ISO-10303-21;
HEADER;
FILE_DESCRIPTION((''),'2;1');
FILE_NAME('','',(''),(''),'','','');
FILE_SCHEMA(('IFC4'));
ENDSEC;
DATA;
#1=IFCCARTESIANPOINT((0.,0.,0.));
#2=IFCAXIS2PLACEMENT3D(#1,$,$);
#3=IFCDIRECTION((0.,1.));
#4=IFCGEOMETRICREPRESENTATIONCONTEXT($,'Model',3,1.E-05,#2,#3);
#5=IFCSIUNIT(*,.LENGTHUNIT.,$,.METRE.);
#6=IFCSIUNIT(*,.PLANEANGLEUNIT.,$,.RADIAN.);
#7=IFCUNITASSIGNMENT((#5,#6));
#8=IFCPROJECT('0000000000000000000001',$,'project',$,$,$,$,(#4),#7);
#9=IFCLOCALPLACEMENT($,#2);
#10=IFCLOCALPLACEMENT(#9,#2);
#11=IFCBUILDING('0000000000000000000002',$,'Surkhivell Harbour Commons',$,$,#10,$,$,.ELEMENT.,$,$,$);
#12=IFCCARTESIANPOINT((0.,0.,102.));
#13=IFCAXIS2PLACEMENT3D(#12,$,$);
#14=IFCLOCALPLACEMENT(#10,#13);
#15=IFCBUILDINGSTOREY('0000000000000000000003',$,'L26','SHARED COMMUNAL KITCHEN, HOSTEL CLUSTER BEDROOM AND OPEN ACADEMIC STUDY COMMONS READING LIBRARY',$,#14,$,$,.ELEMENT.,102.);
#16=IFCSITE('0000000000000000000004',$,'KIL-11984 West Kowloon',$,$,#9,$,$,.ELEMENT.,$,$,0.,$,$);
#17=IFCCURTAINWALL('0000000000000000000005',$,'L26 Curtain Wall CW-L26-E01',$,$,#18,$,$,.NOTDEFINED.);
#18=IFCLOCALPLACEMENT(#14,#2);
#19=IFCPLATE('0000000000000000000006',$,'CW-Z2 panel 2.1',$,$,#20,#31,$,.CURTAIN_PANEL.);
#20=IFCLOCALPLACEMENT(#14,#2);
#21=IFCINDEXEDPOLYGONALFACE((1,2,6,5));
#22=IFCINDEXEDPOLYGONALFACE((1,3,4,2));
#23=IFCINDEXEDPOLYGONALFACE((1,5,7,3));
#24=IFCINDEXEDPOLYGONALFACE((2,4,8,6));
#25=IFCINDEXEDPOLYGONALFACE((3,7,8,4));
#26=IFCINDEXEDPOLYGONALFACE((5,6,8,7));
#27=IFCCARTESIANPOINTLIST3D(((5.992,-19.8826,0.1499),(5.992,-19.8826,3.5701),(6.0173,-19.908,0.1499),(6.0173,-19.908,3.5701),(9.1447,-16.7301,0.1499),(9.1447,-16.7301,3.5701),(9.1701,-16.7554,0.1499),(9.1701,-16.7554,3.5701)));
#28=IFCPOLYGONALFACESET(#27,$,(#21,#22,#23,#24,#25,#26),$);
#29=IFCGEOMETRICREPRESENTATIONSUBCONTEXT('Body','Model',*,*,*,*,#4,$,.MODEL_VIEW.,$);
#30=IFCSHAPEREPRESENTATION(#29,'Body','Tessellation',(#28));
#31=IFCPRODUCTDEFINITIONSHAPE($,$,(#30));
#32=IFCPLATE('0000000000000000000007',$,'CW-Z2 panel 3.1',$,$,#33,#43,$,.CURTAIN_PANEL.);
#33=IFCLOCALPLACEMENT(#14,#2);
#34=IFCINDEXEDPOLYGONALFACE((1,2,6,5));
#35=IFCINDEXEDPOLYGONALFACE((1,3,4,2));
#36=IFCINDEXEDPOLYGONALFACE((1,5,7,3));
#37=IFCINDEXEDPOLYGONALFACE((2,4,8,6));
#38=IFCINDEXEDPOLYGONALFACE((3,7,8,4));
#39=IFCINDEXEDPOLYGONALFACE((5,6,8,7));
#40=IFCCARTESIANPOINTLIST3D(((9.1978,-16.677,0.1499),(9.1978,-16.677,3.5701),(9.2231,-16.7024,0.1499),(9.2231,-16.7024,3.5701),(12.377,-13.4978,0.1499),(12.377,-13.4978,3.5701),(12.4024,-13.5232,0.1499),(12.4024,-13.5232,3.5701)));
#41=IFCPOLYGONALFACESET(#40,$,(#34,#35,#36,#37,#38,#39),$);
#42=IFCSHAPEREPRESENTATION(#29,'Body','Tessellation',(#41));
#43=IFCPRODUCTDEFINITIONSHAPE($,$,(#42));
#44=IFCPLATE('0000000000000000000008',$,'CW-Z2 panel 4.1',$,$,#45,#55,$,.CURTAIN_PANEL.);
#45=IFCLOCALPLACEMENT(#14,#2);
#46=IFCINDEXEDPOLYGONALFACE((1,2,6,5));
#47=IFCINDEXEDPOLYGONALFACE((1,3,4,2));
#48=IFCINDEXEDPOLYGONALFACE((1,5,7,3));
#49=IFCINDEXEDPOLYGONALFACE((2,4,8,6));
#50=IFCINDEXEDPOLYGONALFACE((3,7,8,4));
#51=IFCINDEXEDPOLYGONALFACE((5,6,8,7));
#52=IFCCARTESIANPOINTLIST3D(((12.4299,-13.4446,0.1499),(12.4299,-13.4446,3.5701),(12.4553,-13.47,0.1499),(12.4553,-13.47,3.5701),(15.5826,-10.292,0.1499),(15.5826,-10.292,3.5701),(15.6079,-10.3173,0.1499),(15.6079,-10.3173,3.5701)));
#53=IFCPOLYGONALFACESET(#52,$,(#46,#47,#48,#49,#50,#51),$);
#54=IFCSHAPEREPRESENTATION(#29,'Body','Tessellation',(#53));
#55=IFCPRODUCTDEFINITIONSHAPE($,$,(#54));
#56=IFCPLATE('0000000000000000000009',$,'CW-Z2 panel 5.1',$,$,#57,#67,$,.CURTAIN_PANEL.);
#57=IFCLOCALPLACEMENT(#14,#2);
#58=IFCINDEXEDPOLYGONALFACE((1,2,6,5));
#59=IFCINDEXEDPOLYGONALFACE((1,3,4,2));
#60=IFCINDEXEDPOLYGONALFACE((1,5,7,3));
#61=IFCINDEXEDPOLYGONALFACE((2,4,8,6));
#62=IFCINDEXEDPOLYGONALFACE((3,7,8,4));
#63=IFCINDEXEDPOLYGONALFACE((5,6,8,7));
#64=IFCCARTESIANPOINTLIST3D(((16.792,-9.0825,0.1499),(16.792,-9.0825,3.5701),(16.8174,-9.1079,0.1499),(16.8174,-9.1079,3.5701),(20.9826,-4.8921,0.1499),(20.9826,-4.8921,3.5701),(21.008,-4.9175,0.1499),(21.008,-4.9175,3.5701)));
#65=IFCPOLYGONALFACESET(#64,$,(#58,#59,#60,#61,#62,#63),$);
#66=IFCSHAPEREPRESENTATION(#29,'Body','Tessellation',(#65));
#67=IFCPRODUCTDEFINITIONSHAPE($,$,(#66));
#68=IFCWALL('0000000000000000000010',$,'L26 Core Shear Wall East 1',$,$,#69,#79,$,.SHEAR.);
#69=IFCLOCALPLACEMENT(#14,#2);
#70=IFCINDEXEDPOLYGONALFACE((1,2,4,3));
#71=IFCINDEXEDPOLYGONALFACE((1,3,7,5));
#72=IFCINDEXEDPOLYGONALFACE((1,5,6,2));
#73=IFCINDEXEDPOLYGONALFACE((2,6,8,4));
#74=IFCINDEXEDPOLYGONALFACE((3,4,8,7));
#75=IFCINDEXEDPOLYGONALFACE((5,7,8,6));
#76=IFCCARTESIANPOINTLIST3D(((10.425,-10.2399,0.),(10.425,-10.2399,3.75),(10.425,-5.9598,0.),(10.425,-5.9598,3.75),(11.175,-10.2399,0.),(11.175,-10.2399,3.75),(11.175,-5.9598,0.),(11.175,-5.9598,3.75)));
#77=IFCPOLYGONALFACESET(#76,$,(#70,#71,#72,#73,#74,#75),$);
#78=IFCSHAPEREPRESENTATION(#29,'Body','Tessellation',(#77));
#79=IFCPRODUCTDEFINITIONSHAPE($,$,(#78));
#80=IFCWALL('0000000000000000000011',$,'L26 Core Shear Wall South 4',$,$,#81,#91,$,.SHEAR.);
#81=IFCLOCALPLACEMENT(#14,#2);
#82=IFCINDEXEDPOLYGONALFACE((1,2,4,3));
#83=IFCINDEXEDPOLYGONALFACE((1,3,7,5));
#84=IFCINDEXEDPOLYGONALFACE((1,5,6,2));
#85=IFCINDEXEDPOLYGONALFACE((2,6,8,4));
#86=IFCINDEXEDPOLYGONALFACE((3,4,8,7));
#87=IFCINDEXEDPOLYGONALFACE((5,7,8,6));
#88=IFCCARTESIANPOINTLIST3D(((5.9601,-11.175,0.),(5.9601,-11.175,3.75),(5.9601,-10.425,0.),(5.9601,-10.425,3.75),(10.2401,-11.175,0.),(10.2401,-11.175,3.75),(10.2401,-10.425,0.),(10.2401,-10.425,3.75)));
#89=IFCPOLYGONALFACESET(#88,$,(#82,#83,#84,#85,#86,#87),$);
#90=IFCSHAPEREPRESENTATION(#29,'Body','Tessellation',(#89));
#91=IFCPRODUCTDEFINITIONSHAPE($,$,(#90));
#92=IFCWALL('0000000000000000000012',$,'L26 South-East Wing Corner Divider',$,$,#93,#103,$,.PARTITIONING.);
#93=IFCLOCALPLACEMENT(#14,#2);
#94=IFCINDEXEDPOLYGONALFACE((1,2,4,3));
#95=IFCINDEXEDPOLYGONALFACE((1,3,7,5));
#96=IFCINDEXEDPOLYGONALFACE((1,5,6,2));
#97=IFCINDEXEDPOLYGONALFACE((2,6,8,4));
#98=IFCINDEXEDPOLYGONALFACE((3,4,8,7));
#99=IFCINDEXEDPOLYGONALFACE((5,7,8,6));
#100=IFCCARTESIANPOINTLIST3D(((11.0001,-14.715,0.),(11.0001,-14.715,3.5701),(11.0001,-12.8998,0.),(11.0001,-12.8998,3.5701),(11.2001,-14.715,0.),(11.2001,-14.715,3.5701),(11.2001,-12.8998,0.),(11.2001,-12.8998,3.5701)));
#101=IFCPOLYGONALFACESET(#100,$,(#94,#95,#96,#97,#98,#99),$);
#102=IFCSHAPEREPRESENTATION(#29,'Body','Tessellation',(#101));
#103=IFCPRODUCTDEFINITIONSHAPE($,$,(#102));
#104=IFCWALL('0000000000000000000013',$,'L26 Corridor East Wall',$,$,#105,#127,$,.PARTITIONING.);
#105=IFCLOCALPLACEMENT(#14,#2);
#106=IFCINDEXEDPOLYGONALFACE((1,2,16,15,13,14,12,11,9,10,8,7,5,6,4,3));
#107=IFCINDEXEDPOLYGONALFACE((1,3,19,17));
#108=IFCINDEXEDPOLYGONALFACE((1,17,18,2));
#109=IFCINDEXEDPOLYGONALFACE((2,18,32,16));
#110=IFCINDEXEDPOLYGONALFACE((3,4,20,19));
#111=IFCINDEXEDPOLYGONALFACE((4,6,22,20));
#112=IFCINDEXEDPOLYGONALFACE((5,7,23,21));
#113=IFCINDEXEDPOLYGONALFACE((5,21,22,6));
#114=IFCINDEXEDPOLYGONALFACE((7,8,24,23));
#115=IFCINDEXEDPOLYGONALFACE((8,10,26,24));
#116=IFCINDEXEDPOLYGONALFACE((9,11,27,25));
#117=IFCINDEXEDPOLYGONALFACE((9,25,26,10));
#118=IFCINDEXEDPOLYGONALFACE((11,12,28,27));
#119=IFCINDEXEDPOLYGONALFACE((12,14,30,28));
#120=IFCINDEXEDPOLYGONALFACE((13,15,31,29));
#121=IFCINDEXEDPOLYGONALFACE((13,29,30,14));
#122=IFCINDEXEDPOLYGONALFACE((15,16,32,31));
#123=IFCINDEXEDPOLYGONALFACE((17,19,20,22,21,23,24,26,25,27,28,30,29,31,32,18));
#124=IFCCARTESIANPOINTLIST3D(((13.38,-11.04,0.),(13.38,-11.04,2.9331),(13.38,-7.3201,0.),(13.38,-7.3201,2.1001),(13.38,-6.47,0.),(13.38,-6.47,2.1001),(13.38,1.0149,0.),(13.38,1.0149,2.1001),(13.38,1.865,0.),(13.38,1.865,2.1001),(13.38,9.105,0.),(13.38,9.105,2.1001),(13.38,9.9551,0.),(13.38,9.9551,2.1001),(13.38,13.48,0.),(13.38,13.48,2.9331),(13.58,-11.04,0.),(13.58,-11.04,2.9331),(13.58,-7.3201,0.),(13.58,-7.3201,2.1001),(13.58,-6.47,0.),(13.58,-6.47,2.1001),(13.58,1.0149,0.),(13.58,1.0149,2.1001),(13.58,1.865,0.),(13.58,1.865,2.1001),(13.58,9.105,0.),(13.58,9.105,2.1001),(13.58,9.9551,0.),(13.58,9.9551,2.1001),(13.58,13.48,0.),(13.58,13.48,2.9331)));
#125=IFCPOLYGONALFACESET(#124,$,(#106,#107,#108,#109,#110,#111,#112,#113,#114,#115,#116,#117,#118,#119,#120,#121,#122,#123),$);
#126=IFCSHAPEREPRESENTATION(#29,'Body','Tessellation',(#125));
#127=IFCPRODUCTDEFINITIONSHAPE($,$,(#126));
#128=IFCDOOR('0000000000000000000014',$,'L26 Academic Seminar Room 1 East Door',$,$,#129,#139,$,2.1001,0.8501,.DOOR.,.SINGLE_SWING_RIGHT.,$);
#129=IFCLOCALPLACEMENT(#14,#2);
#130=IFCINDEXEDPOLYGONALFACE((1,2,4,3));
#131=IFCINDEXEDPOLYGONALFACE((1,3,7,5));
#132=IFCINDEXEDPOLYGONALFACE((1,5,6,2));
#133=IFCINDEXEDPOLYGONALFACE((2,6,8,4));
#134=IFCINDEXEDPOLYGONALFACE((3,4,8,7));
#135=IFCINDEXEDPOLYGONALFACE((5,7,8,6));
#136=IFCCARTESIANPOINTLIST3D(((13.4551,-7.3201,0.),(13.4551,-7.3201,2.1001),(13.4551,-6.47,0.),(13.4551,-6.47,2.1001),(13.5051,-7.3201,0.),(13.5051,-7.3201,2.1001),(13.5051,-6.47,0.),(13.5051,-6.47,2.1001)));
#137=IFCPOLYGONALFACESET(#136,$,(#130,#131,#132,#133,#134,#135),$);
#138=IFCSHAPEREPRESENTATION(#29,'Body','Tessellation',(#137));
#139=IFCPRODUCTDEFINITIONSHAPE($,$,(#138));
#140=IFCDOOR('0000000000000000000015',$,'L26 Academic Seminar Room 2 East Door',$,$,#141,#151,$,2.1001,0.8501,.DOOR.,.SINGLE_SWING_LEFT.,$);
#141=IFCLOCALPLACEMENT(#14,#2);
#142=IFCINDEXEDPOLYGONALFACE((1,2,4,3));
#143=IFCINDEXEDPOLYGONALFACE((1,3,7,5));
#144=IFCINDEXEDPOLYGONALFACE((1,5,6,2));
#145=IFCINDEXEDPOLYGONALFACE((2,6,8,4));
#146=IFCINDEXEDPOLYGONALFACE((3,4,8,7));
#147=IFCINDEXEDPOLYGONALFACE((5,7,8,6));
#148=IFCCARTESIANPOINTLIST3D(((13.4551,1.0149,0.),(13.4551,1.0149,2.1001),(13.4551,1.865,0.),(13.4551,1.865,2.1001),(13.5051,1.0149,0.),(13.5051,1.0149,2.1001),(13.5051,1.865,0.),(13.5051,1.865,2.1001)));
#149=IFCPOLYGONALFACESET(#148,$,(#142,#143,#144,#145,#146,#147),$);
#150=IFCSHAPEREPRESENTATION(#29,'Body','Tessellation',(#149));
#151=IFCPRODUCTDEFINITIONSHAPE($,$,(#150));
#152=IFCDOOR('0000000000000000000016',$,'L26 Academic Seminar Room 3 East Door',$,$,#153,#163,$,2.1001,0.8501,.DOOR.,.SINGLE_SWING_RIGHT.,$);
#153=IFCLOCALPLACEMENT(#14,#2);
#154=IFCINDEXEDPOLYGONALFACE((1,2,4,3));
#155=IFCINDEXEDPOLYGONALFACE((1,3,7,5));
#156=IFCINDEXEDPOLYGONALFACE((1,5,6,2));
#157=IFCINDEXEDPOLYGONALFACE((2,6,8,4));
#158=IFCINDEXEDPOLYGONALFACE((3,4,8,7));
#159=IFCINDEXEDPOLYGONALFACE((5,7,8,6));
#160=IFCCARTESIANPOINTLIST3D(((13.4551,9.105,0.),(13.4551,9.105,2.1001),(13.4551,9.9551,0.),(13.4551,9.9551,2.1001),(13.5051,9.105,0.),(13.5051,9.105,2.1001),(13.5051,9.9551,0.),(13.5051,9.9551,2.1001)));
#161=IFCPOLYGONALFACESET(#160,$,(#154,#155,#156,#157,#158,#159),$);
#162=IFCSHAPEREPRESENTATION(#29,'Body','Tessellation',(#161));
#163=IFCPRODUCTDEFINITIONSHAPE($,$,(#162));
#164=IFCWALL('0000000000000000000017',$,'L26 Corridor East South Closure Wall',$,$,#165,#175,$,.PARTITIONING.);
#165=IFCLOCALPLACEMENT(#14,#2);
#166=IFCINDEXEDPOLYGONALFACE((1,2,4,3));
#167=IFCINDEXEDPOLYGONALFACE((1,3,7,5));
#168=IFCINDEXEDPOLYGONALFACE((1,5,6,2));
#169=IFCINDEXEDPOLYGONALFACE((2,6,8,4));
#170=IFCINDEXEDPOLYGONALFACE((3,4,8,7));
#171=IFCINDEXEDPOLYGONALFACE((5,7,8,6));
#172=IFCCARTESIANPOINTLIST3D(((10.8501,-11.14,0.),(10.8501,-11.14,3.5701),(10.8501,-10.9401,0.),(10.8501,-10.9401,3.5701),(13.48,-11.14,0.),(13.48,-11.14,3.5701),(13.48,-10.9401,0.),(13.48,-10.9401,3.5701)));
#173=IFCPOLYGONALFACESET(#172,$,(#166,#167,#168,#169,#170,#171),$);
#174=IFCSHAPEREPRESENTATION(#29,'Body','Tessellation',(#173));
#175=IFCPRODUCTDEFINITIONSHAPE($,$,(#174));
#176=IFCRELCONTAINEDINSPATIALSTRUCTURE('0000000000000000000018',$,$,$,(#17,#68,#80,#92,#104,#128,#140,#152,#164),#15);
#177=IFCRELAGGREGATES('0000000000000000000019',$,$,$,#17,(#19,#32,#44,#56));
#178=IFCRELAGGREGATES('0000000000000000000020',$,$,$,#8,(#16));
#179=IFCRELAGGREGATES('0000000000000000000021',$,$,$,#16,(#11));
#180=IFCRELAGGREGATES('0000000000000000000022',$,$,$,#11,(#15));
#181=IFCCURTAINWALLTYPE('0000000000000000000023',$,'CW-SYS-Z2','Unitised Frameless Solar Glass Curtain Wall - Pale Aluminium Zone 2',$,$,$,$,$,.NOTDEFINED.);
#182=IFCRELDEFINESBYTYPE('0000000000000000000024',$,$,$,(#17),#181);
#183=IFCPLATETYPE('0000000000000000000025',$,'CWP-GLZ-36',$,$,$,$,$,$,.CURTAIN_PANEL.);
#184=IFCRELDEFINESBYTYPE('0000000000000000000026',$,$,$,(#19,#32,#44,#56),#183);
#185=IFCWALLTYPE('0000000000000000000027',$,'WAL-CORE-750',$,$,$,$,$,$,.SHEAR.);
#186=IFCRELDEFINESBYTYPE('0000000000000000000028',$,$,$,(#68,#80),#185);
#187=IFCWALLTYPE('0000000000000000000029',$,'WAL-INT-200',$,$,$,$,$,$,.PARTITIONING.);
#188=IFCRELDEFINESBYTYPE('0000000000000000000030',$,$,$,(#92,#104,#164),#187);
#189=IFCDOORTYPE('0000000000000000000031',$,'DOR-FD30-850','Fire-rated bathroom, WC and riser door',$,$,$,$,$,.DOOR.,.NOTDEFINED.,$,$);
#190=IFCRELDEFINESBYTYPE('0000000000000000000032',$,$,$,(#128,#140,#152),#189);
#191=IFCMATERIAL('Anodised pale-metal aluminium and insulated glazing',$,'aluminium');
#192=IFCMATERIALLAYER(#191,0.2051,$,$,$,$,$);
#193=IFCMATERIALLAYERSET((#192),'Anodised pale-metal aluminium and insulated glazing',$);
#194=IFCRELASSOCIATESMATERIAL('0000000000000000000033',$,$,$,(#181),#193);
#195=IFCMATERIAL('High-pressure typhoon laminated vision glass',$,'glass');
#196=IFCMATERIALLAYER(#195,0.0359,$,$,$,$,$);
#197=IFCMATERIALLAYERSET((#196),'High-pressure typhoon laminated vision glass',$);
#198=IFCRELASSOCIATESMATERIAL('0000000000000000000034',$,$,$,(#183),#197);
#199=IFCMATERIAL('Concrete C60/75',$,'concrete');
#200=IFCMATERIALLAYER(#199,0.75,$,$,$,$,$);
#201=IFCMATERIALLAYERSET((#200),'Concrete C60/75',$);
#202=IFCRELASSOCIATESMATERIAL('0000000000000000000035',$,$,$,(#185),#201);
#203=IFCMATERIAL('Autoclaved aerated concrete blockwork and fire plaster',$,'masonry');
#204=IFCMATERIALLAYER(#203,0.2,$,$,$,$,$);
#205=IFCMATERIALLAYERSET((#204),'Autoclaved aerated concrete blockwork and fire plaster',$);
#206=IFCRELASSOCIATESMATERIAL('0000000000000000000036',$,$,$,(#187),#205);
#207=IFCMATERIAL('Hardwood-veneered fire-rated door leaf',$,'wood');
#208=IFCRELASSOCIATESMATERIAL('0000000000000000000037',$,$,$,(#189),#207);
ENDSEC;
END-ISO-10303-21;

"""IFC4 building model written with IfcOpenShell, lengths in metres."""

from ifc_helpers import new_model, si_unit, direction, frame, frame_2d, origin, place, context, subcontext, project, spatial, rectangle, extrude, material, layer, layer_set, type_object, element, fill, aggregate, save


model = new_model("IFC4")

# Units and contexts
model_context = context("Model", 3, precision=1e-05, world=origin(), true_north=direction((0.0, 1.0)))
body_context = subcontext(model_context, "Body", "Model", "MODEL_VIEW")
ifc_project = project(units=[si_unit("LENGTHUNIT", "METRE"), si_unit("PLANEANGLEUNIT", "RADIAN")], contexts=[model_context])

# Site, building, storey
site_placement = place(None, origin())
site = spatial("IfcSite", under=ifc_project, at=site_placement, Name="KIL-11984 West Kowloon", CompositionType="ELEMENT", RefElevation=0.0)
building_placement = place(site_placement, origin())
building = spatial("IfcBuilding", under=site, at=building_placement, Name="Surkhivell Harbour Commons", CompositionType="ELEMENT")
storey_placement = place(building_placement, frame((0.0, 0.0, 102.0)))
storey = spatial("IfcBuildingStorey", under=building, at=storey_placement, Name="L26", Description="SHARED COMMUNAL KITCHEN, HOSTEL CLUSTER BEDROOM AND OPEN ACADEMIC STUDY COMMONS READING LIBRARY", CompositionType="ELEMENT", Elevation=102.0)

# Shared definitions
ifc_material_1 = material(Name="Concrete C60/75", Category="concrete")

# Curtain wall, plates
ifc_material_2 = material(Name="Anodised pale-metal aluminium and insulated glazing", Category="aluminium")
ifc_layer_1 = layer(ifc_material_2, 0.2051)
ifc_layer_set_1 = layer_set([ifc_layer_1], Name="Anodised pale-metal aluminium and insulated glazing")
curtain_wall_type = type_object("IfcCurtainWallType", Name="CW-SYS-Z2", Description="Unitised Frameless Solar Glass Curtain Wall - Pale Aluminium Zone 2", PredefinedType="NOTDEFINED", material=ifc_layer_set_1)
curtain_wall_placement = place(storey_placement, origin())
curtain_wall = element("IfcCurtainWall", 1, at=curtain_wall_placement, inside=storey, type_object=curtain_wall_type, Name="L26 Curtain Wall CW-L26-E01", PredefinedType="NOTDEFINED")
ifc_material_3 = material(Name="High-pressure typhoon laminated vision glass", Category="glass")
ifc_layer_2 = layer(ifc_material_3, 0.0359)
ifc_layer_set_2 = layer_set([ifc_layer_2], Name="High-pressure typhoon laminated vision glass")
plate_type = type_object("IfcPlateType", Name="CWP-GLZ-36", PredefinedType="CURTAIN_PANEL", material=ifc_layer_set_2)
plate_1_placement = place(storey_placement, frame((6.0046, -19.8953, 0.1499), z_axis=(0.0, 0.0, 1.0), x_axis=(0.707134, 0.707079, 0.0)))
plate_1 = element("IfcPlate", 2, at=plate_1_placement, type_object=plate_type, Name="CW-Z2 panel 2.1", PredefinedType="CURTAIN_PANEL", context=body_context, shape_type="SweptSolid", body=[
    extrude(rectangle(XDim=4.4585, YDim=0.0359, at=frame_2d((2.2292, 0.0))), origin(), (0.0, 0.0, 1.0), 3.4202),
])
plate_2_placement = place(storey_placement, frame((9.2104, -16.6897, 0.1499), z_axis=(0.0, 0.0, 1.0), x_axis=(0.707107, 0.707107, 0.0)))
plate_2 = element("IfcPlate", 3, at=plate_2_placement, type_object=plate_type, Name="CW-Z2 panel 3.1", PredefinedType="CURTAIN_PANEL", context=body_context, shape_type="SweptSolid", body=[
    extrude(rectangle(XDim=4.4961, YDim=0.0359, at=frame_2d((2.248, 0.0))), origin(), (0.0, 0.0, 1.0), 3.4202),
])
plate_3_placement = place(storey_placement, frame((12.4426, -13.4573, 0.1499), z_axis=(0.0, 0.0, 1.0), x_axis=(0.707107, 0.707107, 0.0)))
plate_3 = element("IfcPlate", 4, at=plate_3_placement, type_object=plate_type, Name="CW-Z2 panel 4.1", PredefinedType="CURTAIN_PANEL", context=body_context, shape_type="SweptSolid", body=[
    extrude(rectangle(XDim=4.4585, YDim=0.0359, at=frame_2d((2.2292, 0.0))), origin(), (0.0, 0.0, 1.0), 3.4202),
])
plate_4_placement = place(storey_placement, frame((16.8047, -9.0952, 0.1499), z_axis=(0.0, 0.0, 1.0), x_axis=(0.707127, 0.707086, 0.0)))
plate_4 = element("IfcPlate", 5, at=plate_4_placement, type_object=plate_type, Name="CW-Z2 panel 5.1", PredefinedType="CURTAIN_PANEL", context=body_context, shape_type="SweptSolid", body=[
    extrude(rectangle(XDim=5.9263, YDim=0.0359, at=frame_2d((2.9631, 0.0))), origin(), (0.0, 0.0, 1.0), 3.4202),
])
aggregate(curtain_wall, [plate_1, plate_2, plate_3, plate_4])

# Walls
ifc_layer_3 = layer(ifc_material_1, 0.75)
ifc_layer_set_3 = layer_set([ifc_layer_3], Name="Concrete C60/75")
wall_type_1 = type_object("IfcWallType", Name="WAL-CORE-750", PredefinedType="SHEAR", material=ifc_layer_set_3)
for number, where, z_axis, x_axis, name in (
    (6, (10.8, -10.24, 0.0), (0.0, 0.0, 1.0), (0.0, 1.0, 0.0), "L26 Core Shear Wall East 1"),
    (7, (5.96, -10.8, 0.0), (0.0, 0.0, 1.0), (1.0, 0.0, 0.0), "L26 Core Shear Wall South 4"),
):
    element("IfcWall", number, at=place(storey_placement, frame(where, z_axis=z_axis, x_axis=x_axis)), inside=storey, type_object=wall_type_1, Name=name, PredefinedType="SHEAR", context=body_context, shape_type="SweptSolid", body=[
        extrude(rectangle(XDim=4.28, YDim=0.75, at=frame_2d((2.1401, 0.0))), origin(), (0.0, 0.0, 1.0), 3.75),
    ])
ifc_material_4 = material(Name="Autoclaved aerated concrete blockwork and fire plaster", Category="masonry")
ifc_layer_4 = layer(ifc_material_4, 0.2)
ifc_layer_set_4 = layer_set([ifc_layer_4], Name="Autoclaved aerated concrete blockwork and fire plaster")
wall_type_2 = type_object("IfcWallType", Name="WAL-INT-200", PredefinedType="PARTITIONING", material=ifc_layer_set_4)
wall_1_placement = place(storey_placement, frame((11.1001, -14.7151, 0.0), z_axis=(0.0, 0.0, 1.0), x_axis=(0.0, 1.0, 0.0)))
element("IfcWall", 8, at=wall_1_placement, inside=storey, type_object=wall_type_2, Name="L26 South-East Wing Corner Divider", PredefinedType="PARTITIONING", context=body_context, shape_type="SweptSolid", body=[
    extrude(rectangle(XDim=1.8152, YDim=0.2, at=frame_2d((0.9077, 0.0))), origin(), (0.0, 0.0, 1.0), 3.5701),
])

# Wall, openings, doors
wall_2_placement = place(storey_placement, frame((13.48, -11.04, 0.0), z_axis=(0.0, 0.0, 1.0), x_axis=(0.0, 1.0, 0.0)))
wall_2 = element("IfcWall", 9, at=wall_2_placement, inside=storey, type_object=wall_type_2, Name="L26 Corridor East Wall", PredefinedType="PARTITIONING", context=body_context, shape_type="SweptSolid", body=[
    extrude(rectangle(XDim=24.52, YDim=0.2, at=frame_2d((12.26, 0.0))), origin(), (0.0, 0.0, 1.0), 2.9331),
])
opening_1_placement = place(wall_2_placement, frame((3.72, 0.0, 0.0)))
opening_1 = element("IfcOpeningElement", 10, at=opening_1_placement, cuts=wall_2, PredefinedType="OPENING", context=body_context, shape_type="SweptSolid", body=[
    extrude(rectangle(XDim=0.8501, YDim=2.1001, at=frame_2d((0.425, 1.05))), frame((0.0, 0.1099, 0.0), z_axis=(0.0, -1.0, 0.0), x_axis=(1.0, 0.0, 0.0)), (0.0, 0.0, 1.0), 0.22),
])
opening_2_placement = place(wall_2_placement, frame((12.0549, 0.0, 0.0)))
opening_2 = element("IfcOpeningElement", 11, at=opening_2_placement, cuts=wall_2, PredefinedType="OPENING", context=body_context, shape_type="SweptSolid", body=[
    extrude(rectangle(XDim=0.8501, YDim=2.1001, at=frame_2d((0.425, 1.05))), frame((0.0, 0.1099, 0.0), z_axis=(0.0, -1.0, 0.0), x_axis=(1.0, 0.0, 0.0)), (0.0, 0.0, 1.0), 0.22),
])
opening_3_placement = place(wall_2_placement, frame((20.145, 0.0, 0.0)))
opening_3 = element("IfcOpeningElement", 12, at=opening_3_placement, cuts=wall_2, PredefinedType="OPENING", context=body_context, shape_type="SweptSolid", body=[
    extrude(rectangle(XDim=0.8501, YDim=2.1001, at=frame_2d((0.425, 1.05))), frame((0.0, 0.1099, 0.0), z_axis=(0.0, -1.0, 0.0), x_axis=(1.0, 0.0, 0.0)), (0.0, 0.0, 1.0), 0.22),
])
ifc_material_5 = material(Name="Hardwood-veneered fire-rated door leaf", Category="wood")
door_type = type_object("IfcDoorType", Name="DOR-FD30-850", Description="Fire-rated bathroom, WC and riser door", OperationType="NOTDEFINED", PredefinedType="DOOR", material=ifc_material_5)
door_1_placement = place(opening_1_placement, origin())
door_1 = element("IfcDoor", 13, at=door_1_placement, inside=storey, type_object=door_type, Name="L26 Academic Seminar Room 1 East Door", OperationType="SINGLE_SWING_RIGHT", OverallHeight=2.1001, OverallWidth=0.8501, PredefinedType="DOOR", context=body_context, shape_type="SweptSolid", body=[
    extrude(rectangle(XDim=0.8501, YDim=2.1001, at=frame_2d((0.425, 1.05))), frame((0.0, 0.0249, 0.0), z_axis=(0.0, -1.0, 0.0), x_axis=(1.0, 0.0, 0.0)), (0.0, 0.0, 1.0), 0.05),
])
fill(opening_1, door_1)
door_2_placement = place(opening_2_placement, origin())
door_2 = element("IfcDoor", 14, at=door_2_placement, inside=storey, type_object=door_type, Name="L26 Academic Seminar Room 2 East Door", OperationType="SINGLE_SWING_LEFT", OverallHeight=2.1001, OverallWidth=0.8501, PredefinedType="DOOR", context=body_context, shape_type="SweptSolid", body=[
    extrude(rectangle(XDim=0.8501, YDim=2.1001, at=frame_2d((0.425, 1.05))), frame((0.0, 0.0249, 0.0), z_axis=(0.0, -1.0, 0.0), x_axis=(1.0, 0.0, 0.0)), (0.0, 0.0, 1.0), 0.05),
])
fill(opening_2, door_2)
door_3_placement = place(opening_3_placement, origin())
door_3 = element("IfcDoor", 15, at=door_3_placement, inside=storey, type_object=door_type, Name="L26 Academic Seminar Room 3 East Door", OperationType="SINGLE_SWING_RIGHT", OverallHeight=2.1001, OverallWidth=0.8501, PredefinedType="DOOR", context=body_context, shape_type="SweptSolid", body=[
    extrude(rectangle(XDim=0.8501, YDim=2.1001, at=frame_2d((0.425, 1.05))), frame((0.0, 0.0249, 0.0), z_axis=(0.0, -1.0, 0.0), x_axis=(1.0, 0.0, 0.0)), (0.0, 0.0, 1.0), 0.05),
])
fill(opening_3, door_3)

# Wall
wall_3_placement = place(storey_placement, frame((10.8501, -11.04, 0.0), z_axis=(0.0, 0.0, 1.0), x_axis=(1.0, 0.0, 0.0)))
element("IfcWall", 16, at=wall_3_placement, inside=storey, type_object=wall_type_2, Name="L26 Corridor East South Closure Wall", PredefinedType="PARTITIONING", context=body_context, shape_type="SweptSolid", body=[
    extrude(rectangle(XDim=2.6299, YDim=0.2, at=frame_2d((1.3149, 0.0))), origin(), (0.0, 0.0, 1.0), 3.5701),
])

save(model, "model.ifc")
